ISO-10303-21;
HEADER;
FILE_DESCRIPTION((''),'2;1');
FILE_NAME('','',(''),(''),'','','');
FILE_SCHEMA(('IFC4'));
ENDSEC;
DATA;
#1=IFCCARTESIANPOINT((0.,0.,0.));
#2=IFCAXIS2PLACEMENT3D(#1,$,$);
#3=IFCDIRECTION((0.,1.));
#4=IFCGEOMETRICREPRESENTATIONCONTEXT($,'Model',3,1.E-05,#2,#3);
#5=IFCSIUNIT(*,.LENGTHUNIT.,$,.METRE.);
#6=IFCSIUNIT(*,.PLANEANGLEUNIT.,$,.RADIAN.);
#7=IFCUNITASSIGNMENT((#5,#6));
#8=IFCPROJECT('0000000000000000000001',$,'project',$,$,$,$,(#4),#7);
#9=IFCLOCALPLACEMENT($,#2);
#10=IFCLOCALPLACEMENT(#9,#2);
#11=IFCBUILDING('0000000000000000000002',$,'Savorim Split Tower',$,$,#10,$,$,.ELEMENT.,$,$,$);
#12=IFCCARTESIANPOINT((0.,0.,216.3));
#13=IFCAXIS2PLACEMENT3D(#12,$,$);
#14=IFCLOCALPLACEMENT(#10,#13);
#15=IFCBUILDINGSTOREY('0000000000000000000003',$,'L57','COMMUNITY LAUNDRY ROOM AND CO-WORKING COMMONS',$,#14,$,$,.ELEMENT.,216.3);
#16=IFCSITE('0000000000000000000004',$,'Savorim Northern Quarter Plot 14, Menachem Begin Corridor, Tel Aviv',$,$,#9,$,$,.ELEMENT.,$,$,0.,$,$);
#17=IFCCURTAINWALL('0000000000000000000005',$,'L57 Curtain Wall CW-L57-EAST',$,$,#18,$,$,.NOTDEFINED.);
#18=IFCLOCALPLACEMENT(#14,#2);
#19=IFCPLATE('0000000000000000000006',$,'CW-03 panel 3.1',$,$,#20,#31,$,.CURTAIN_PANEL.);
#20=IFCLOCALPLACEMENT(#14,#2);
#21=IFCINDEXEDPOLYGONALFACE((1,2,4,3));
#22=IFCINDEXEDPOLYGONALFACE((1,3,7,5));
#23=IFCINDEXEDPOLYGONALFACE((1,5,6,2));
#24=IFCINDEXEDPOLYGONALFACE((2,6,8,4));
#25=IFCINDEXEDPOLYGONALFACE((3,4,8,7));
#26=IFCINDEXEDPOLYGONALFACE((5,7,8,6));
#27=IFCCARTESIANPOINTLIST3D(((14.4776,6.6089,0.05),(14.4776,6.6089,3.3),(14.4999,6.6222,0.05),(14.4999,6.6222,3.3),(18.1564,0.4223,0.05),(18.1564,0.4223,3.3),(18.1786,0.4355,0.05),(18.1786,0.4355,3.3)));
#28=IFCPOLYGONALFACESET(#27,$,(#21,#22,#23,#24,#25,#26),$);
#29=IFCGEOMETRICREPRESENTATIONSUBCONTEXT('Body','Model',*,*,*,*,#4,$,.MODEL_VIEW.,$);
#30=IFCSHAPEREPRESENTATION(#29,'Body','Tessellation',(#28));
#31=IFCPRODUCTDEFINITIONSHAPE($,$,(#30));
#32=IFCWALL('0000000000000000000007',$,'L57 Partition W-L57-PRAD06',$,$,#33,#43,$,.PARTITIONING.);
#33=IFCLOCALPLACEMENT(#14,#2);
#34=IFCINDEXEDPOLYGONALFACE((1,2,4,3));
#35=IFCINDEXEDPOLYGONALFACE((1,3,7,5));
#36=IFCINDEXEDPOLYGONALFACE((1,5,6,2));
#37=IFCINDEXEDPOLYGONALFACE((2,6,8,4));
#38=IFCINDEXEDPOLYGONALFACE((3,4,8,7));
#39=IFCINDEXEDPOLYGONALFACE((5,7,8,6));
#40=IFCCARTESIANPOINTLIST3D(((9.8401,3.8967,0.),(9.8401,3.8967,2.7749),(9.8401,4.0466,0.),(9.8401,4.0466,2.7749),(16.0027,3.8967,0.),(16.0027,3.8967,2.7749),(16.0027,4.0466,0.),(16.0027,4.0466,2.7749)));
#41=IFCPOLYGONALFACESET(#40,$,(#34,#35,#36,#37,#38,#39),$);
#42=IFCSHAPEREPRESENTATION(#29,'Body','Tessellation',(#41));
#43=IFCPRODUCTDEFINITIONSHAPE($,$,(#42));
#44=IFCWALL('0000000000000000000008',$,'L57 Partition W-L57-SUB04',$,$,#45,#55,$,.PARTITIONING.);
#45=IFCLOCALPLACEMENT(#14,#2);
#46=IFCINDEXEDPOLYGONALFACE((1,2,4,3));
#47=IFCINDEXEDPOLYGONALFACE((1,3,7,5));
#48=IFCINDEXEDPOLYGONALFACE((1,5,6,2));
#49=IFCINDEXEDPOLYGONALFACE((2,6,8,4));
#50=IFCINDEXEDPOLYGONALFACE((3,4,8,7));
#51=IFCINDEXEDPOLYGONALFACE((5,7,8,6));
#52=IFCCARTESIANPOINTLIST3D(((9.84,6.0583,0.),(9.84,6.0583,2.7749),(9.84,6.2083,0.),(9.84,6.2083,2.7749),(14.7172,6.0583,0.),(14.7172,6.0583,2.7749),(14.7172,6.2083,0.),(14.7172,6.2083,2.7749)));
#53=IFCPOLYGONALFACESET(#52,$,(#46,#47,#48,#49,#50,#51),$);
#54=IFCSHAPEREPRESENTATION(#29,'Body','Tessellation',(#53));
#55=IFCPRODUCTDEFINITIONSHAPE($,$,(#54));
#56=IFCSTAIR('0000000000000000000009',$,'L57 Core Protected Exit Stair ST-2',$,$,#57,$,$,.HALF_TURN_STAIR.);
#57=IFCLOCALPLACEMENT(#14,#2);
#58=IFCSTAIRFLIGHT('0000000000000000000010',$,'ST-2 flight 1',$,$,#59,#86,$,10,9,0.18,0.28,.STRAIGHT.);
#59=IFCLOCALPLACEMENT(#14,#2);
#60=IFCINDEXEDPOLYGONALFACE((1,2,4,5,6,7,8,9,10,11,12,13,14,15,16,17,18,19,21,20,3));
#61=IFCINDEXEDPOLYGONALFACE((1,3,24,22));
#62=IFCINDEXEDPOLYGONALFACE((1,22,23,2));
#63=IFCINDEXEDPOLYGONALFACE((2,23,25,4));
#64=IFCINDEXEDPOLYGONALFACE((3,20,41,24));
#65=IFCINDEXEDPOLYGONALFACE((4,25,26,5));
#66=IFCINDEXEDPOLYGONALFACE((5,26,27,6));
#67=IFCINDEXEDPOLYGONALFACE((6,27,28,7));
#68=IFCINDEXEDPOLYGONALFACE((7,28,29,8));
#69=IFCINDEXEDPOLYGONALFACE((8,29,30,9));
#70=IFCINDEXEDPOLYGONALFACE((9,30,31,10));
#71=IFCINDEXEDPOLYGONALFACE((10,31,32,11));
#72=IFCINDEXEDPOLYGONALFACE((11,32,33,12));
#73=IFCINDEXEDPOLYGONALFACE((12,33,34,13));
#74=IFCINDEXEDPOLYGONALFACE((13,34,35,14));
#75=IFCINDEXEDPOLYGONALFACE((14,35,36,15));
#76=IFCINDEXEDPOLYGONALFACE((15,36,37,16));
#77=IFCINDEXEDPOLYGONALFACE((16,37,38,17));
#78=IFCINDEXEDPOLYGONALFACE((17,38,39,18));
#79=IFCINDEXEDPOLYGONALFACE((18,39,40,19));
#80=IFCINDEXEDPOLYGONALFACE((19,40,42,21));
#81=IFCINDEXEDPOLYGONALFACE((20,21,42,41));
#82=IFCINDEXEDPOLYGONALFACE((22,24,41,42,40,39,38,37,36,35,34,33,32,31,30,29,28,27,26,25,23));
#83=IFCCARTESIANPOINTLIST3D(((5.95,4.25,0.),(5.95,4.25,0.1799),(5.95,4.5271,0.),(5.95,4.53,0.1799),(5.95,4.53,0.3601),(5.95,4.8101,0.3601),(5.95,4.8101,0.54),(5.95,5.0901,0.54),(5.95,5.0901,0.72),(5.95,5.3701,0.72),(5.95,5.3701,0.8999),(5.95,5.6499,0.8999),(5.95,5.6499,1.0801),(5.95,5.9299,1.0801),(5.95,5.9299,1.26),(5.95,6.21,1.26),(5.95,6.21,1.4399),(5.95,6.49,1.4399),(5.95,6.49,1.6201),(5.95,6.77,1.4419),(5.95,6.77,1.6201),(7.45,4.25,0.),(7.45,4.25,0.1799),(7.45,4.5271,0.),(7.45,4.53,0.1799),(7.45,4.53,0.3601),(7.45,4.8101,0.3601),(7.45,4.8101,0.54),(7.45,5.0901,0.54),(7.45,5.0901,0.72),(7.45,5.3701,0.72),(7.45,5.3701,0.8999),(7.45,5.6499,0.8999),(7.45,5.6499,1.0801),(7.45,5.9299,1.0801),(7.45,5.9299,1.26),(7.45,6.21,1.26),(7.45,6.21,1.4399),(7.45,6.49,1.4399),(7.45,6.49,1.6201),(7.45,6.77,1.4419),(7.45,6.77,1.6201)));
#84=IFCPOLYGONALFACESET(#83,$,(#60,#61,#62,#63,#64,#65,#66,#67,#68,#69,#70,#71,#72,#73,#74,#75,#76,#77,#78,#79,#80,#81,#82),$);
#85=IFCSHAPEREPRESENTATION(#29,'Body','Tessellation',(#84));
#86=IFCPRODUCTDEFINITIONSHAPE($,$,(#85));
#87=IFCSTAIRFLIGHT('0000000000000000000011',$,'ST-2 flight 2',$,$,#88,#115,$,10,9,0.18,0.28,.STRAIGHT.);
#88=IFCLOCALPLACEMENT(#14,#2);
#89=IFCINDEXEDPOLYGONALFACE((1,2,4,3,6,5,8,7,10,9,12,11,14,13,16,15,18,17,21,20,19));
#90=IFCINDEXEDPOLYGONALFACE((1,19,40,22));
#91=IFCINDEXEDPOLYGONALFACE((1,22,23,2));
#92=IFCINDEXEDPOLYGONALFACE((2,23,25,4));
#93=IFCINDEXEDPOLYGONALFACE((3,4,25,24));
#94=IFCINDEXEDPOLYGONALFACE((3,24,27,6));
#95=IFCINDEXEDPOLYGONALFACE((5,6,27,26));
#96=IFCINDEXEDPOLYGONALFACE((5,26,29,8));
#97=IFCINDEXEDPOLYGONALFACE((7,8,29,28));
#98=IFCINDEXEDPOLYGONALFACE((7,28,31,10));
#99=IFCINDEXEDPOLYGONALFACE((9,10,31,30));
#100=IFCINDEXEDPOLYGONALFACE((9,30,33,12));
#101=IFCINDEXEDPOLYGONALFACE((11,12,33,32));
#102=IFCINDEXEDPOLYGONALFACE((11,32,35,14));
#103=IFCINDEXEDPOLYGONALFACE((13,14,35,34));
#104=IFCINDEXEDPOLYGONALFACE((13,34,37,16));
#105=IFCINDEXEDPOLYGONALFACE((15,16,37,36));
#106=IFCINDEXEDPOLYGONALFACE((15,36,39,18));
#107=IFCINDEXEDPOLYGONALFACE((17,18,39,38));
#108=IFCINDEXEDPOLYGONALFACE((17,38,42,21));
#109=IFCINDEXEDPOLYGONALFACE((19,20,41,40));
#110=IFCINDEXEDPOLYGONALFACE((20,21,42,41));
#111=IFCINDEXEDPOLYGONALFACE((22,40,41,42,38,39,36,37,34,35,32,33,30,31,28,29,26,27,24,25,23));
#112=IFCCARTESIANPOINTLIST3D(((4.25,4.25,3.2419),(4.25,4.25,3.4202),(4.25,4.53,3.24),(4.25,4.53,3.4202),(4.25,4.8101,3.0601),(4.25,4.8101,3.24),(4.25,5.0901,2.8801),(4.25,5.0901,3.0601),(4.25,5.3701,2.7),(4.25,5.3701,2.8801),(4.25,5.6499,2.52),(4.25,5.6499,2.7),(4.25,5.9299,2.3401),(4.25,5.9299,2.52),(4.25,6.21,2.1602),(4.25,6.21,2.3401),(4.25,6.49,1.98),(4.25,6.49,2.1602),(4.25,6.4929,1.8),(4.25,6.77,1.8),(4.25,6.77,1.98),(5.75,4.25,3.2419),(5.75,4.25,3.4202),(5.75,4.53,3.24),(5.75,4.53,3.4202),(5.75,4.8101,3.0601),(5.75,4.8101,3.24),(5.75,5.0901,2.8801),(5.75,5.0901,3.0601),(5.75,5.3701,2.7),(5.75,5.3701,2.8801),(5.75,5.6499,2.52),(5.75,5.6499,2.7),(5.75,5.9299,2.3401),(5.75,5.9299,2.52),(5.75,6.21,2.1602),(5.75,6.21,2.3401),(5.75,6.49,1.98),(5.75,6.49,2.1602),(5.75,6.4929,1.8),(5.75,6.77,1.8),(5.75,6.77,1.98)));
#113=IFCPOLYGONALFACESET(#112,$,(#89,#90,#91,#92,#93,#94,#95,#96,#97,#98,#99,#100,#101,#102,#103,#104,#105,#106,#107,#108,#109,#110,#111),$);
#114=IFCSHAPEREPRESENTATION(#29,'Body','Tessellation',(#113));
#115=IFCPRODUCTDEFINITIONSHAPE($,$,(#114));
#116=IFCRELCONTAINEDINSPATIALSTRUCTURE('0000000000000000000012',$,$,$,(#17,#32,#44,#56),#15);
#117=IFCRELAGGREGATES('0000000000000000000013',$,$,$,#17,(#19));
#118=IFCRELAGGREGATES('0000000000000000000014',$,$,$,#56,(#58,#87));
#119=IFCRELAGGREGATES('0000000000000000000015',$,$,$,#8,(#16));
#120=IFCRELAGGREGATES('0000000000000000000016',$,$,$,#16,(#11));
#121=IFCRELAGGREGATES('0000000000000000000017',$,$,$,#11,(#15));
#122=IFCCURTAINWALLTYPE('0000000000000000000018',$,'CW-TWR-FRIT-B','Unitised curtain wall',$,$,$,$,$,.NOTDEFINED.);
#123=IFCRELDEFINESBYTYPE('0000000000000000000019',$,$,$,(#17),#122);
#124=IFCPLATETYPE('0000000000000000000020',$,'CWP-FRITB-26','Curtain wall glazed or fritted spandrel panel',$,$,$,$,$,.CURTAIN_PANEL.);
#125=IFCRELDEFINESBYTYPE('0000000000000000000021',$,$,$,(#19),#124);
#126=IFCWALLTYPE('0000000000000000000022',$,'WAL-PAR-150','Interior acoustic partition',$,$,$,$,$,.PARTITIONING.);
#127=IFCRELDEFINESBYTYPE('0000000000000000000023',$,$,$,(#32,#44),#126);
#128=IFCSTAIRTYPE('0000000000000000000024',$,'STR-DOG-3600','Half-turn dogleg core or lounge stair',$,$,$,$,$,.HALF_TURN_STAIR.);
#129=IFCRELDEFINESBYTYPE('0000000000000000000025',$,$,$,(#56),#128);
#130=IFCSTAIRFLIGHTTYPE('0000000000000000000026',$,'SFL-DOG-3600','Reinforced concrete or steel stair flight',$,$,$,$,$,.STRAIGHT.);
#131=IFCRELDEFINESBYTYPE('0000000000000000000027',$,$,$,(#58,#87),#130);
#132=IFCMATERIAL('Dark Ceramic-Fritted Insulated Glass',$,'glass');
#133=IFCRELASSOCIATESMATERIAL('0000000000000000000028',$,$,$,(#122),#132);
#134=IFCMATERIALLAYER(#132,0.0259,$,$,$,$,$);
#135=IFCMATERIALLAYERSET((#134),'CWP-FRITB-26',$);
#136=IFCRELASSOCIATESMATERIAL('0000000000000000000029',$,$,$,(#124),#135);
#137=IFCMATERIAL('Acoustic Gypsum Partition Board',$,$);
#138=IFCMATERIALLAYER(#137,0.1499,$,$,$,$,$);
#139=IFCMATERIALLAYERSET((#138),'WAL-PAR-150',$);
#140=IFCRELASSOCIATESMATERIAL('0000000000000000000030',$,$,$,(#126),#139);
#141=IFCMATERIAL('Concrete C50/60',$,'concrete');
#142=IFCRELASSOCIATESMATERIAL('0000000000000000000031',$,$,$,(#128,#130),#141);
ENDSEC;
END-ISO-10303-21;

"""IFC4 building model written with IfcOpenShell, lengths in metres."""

from ifc_helpers import new_model, si_unit, direction, frame, frame_2d, origin, origin_2d, place, context, subcontext, project, spatial, polyline, rectangle, outline, extrude, material, layer, layer_set, type_object, element, aggregate, save


model = new_model("IFC4")

# Units and contexts
model_context = context("Model", 3, precision=1e-05, world=origin(), true_north=direction((0.0, 1.0)))
body_context = subcontext(model_context, "Body", "Model", "MODEL_VIEW")
ifc_project = project(units=[si_unit("LENGTHUNIT", "METRE"), si_unit("PLANEANGLEUNIT", "RADIAN")], contexts=[model_context])

# Site, building, storey
site_placement = place(None, origin())
site = spatial("IfcSite", under=ifc_project, at=site_placement, Name="Savorim Northern Quarter Plot 14, Menachem Begin Corridor, Tel Aviv", CompositionType="ELEMENT", RefElevation=0.0)
building_placement = place(site_placement, origin())
building = spatial("IfcBuilding", under=site, at=building_placement, Name="Savorim Split Tower", CompositionType="ELEMENT")
storey_placement = place(building_placement, frame((0.0, 0.0, 216.3)))
storey = spatial("IfcBuildingStorey", under=building, at=storey_placement, Name="L57", Description="COMMUNITY LAUNDRY ROOM AND CO-WORKING COMMONS", CompositionType="ELEMENT", Elevation=216.3)

# Curtain wall, plate
ifc_material_1 = material(Name="Dark Ceramic-Fritted Insulated Glass", Category="glass")
curtain_wall_type = type_object("IfcCurtainWallType", Name="CW-TWR-FRIT-B", Description="Unitised curtain wall", PredefinedType="NOTDEFINED", material=ifc_material_1)
curtain_wall_placement = place(storey_placement, origin())
curtain_wall = element("IfcCurtainWall", 1, at=curtain_wall_placement, inside=storey, type_object=curtain_wall_type, Name="L57 Curtain Wall CW-L57-EAST", PredefinedType="NOTDEFINED")
ifc_layer_1 = layer(ifc_material_1, 0.0259)
ifc_layer_set_1 = layer_set([ifc_layer_1], Name="CWP-FRITB-26")
plate_type = type_object("IfcPlateType", Name="CWP-FRITB-26", Description="Curtain wall glazed or fritted spandrel panel", PredefinedType="CURTAIN_PANEL", material=ifc_layer_set_1)
plate_placement = place(storey_placement, frame((16.3281, 3.5222, 0.05), z_axis=(0.0, 0.0, 1.0), x_axis=(-0.511092, 0.859526, 0.0)))
plate = element("IfcPlate", 2, at=plate_placement, type_object=plate_type, Name="CW-03 panel 3.1", PredefinedType="CURTAIN_PANEL", context=body_context, shape_type="SweptSolid", body=[
    extrude(rectangle(XDim=7.1978, YDim=0.0259, at=origin_2d()), origin(), (0.0, 0.0, 1.0), 3.25),
])
aggregate(curtain_wall, [plate])

# Walls
ifc_material_2 = material(Name="Acoustic Gypsum Partition Board")
ifc_layer_2 = layer(ifc_material_2, 0.1499)
ifc_layer_set_2 = layer_set([ifc_layer_2], Name="WAL-PAR-150")
wall_type = type_object("IfcWallType", Name="WAL-PAR-150", Description="Interior acoustic partition", PredefinedType="PARTITIONING", material=ifc_layer_set_2)
wall_1_placement = place(storey_placement, frame((9.8401, 3.9717, 0.0), z_axis=(0.0, 0.0, 1.0), x_axis=(1.0, 0.0, 0.0)))
element("IfcWall", 3, at=wall_1_placement, inside=storey, type_object=wall_type, Name="L57 Partition W-L57-PRAD06", PredefinedType="PARTITIONING", context=body_context, shape_type="SweptSolid", body=[
    extrude(rectangle(XDim=6.1626, YDim=0.1499, at=frame_2d((3.0813, 0.0))), origin(), (0.0, 0.0, 1.0), 2.7749),
])
wall_2_placement = place(storey_placement, frame((9.8401, 6.1333, 0.0), z_axis=(0.0, 0.0, 1.0), x_axis=(1.0, 0.0, 0.0)))
element("IfcWall", 4, at=wall_2_placement, inside=storey, type_object=wall_type, Name="L57 Partition W-L57-SUB04", PredefinedType="PARTITIONING", context=body_context, shape_type="SweptSolid", body=[
    extrude(rectangle(XDim=4.8772, YDim=0.1499, at=frame_2d((2.4385, 0.0))), origin(), (0.0, 0.0, 1.0), 2.7749),
])

# Stair, stair flights
ifc_material_3 = material(Name="Concrete C50/60", Category="concrete")
stair_type = type_object("IfcStairType", Name="STR-DOG-3600", Description="Half-turn dogleg core or lounge stair", PredefinedType="HALF_TURN_STAIR", material=ifc_material_3)
stair_placement = place(storey_placement, origin())
stair = element("IfcStair", 5, at=stair_placement, inside=storey, type_object=stair_type, Name="L57 Core Protected Exit Stair ST-2", PredefinedType="HALF_TURN_STAIR")
stair_flight_type = type_object("IfcStairFlightType", Name="SFL-DOG-3600", Description="Reinforced concrete or steel stair flight", PredefinedType="STRAIGHT", material=ifc_material_3)
stair_flight_1_placement = place(storey_placement, frame((6.7, 4.25, 0.0), z_axis=(0.0, 0.0, 1.0), x_axis=(0.0, 1.0, 0.0)))
stair_flight_1 = element("IfcStairFlight", 6, at=stair_flight_1_placement, type_object=stair_flight_type, Name="ST-2 flight 1", NumberOfRisers=10, NumberOfTreads=9, PredefinedType="STRAIGHT", RiserHeight=0.18, TreadLength=0.28, context=body_context, shape_type="SweptSolid", body=[
    extrude(outline(polyline([(0.0, 0.0), (0.0, 0.1799), (0.28, 0.1799), (0.28, 0.3601), (0.5601, 0.3601), (0.5601, 0.54), (0.8401, 0.54), (0.8401, 0.72), (1.1201, 0.72), (1.1201, 0.8999), (1.3999, 0.8999), (1.3999, 1.0801), (1.6799, 1.0801), (1.6799, 1.26), (1.96, 1.26), (1.96, 1.4399), (2.24, 1.4399), (2.24, 1.6201), (2.52, 1.6201), (2.52, 1.8), (2.52, 1.4419), (0.2771, 0.0), (0.0, 0.0)])), frame((0.0, 0.75, 0.0), z_axis=(0.0, -1.0, 0.0), x_axis=(1.0, 0.0, 0.0)), (0.0, 0.0, 1.0), 1.5),
])
stair_flight_2_placement = place(storey_placement, frame((5.0, 6.77, 1.8), z_axis=(0.0, 0.0, 1.0), x_axis=(0.0, -1.0, 0.0)))
stair_flight_2 = element("IfcStairFlight", 7, at=stair_flight_2_placement, type_object=stair_flight_type, Name="ST-2 flight 2", NumberOfRisers=10, NumberOfTreads=9, PredefinedType="STRAIGHT", RiserHeight=0.18, TreadLength=0.28, context=body_context, shape_type="SweptSolid", body=[
    extrude(outline(polyline([(0.0, 0.0), (0.0, 0.1799), (0.28, 0.1799), (0.28, 0.3601), (0.5601, 0.3601), (0.5601, 0.54), (0.8401, 0.54), (0.8401, 0.72), (1.1201, 0.72), (1.1201, 0.8999), (1.3999, 0.8999), (1.3999, 1.0801), (1.6799, 1.0801), (1.6799, 1.26), (1.96, 1.26), (1.96, 1.4399), (2.24, 1.4399), (2.24, 1.6201), (2.52, 1.6201), (2.52, 1.8), (2.52, 1.4419), (0.2771, 0.0), (0.0, 0.0)])), frame((0.0, 0.75, 0.0), z_axis=(0.0, -1.0, 0.0), x_axis=(1.0, 0.0, 0.0)), (0.0, 0.0, 1.0), 1.5),
])
aggregate(stair, [stair_flight_1, stair_flight_2])

save(model, "model.ifc")
